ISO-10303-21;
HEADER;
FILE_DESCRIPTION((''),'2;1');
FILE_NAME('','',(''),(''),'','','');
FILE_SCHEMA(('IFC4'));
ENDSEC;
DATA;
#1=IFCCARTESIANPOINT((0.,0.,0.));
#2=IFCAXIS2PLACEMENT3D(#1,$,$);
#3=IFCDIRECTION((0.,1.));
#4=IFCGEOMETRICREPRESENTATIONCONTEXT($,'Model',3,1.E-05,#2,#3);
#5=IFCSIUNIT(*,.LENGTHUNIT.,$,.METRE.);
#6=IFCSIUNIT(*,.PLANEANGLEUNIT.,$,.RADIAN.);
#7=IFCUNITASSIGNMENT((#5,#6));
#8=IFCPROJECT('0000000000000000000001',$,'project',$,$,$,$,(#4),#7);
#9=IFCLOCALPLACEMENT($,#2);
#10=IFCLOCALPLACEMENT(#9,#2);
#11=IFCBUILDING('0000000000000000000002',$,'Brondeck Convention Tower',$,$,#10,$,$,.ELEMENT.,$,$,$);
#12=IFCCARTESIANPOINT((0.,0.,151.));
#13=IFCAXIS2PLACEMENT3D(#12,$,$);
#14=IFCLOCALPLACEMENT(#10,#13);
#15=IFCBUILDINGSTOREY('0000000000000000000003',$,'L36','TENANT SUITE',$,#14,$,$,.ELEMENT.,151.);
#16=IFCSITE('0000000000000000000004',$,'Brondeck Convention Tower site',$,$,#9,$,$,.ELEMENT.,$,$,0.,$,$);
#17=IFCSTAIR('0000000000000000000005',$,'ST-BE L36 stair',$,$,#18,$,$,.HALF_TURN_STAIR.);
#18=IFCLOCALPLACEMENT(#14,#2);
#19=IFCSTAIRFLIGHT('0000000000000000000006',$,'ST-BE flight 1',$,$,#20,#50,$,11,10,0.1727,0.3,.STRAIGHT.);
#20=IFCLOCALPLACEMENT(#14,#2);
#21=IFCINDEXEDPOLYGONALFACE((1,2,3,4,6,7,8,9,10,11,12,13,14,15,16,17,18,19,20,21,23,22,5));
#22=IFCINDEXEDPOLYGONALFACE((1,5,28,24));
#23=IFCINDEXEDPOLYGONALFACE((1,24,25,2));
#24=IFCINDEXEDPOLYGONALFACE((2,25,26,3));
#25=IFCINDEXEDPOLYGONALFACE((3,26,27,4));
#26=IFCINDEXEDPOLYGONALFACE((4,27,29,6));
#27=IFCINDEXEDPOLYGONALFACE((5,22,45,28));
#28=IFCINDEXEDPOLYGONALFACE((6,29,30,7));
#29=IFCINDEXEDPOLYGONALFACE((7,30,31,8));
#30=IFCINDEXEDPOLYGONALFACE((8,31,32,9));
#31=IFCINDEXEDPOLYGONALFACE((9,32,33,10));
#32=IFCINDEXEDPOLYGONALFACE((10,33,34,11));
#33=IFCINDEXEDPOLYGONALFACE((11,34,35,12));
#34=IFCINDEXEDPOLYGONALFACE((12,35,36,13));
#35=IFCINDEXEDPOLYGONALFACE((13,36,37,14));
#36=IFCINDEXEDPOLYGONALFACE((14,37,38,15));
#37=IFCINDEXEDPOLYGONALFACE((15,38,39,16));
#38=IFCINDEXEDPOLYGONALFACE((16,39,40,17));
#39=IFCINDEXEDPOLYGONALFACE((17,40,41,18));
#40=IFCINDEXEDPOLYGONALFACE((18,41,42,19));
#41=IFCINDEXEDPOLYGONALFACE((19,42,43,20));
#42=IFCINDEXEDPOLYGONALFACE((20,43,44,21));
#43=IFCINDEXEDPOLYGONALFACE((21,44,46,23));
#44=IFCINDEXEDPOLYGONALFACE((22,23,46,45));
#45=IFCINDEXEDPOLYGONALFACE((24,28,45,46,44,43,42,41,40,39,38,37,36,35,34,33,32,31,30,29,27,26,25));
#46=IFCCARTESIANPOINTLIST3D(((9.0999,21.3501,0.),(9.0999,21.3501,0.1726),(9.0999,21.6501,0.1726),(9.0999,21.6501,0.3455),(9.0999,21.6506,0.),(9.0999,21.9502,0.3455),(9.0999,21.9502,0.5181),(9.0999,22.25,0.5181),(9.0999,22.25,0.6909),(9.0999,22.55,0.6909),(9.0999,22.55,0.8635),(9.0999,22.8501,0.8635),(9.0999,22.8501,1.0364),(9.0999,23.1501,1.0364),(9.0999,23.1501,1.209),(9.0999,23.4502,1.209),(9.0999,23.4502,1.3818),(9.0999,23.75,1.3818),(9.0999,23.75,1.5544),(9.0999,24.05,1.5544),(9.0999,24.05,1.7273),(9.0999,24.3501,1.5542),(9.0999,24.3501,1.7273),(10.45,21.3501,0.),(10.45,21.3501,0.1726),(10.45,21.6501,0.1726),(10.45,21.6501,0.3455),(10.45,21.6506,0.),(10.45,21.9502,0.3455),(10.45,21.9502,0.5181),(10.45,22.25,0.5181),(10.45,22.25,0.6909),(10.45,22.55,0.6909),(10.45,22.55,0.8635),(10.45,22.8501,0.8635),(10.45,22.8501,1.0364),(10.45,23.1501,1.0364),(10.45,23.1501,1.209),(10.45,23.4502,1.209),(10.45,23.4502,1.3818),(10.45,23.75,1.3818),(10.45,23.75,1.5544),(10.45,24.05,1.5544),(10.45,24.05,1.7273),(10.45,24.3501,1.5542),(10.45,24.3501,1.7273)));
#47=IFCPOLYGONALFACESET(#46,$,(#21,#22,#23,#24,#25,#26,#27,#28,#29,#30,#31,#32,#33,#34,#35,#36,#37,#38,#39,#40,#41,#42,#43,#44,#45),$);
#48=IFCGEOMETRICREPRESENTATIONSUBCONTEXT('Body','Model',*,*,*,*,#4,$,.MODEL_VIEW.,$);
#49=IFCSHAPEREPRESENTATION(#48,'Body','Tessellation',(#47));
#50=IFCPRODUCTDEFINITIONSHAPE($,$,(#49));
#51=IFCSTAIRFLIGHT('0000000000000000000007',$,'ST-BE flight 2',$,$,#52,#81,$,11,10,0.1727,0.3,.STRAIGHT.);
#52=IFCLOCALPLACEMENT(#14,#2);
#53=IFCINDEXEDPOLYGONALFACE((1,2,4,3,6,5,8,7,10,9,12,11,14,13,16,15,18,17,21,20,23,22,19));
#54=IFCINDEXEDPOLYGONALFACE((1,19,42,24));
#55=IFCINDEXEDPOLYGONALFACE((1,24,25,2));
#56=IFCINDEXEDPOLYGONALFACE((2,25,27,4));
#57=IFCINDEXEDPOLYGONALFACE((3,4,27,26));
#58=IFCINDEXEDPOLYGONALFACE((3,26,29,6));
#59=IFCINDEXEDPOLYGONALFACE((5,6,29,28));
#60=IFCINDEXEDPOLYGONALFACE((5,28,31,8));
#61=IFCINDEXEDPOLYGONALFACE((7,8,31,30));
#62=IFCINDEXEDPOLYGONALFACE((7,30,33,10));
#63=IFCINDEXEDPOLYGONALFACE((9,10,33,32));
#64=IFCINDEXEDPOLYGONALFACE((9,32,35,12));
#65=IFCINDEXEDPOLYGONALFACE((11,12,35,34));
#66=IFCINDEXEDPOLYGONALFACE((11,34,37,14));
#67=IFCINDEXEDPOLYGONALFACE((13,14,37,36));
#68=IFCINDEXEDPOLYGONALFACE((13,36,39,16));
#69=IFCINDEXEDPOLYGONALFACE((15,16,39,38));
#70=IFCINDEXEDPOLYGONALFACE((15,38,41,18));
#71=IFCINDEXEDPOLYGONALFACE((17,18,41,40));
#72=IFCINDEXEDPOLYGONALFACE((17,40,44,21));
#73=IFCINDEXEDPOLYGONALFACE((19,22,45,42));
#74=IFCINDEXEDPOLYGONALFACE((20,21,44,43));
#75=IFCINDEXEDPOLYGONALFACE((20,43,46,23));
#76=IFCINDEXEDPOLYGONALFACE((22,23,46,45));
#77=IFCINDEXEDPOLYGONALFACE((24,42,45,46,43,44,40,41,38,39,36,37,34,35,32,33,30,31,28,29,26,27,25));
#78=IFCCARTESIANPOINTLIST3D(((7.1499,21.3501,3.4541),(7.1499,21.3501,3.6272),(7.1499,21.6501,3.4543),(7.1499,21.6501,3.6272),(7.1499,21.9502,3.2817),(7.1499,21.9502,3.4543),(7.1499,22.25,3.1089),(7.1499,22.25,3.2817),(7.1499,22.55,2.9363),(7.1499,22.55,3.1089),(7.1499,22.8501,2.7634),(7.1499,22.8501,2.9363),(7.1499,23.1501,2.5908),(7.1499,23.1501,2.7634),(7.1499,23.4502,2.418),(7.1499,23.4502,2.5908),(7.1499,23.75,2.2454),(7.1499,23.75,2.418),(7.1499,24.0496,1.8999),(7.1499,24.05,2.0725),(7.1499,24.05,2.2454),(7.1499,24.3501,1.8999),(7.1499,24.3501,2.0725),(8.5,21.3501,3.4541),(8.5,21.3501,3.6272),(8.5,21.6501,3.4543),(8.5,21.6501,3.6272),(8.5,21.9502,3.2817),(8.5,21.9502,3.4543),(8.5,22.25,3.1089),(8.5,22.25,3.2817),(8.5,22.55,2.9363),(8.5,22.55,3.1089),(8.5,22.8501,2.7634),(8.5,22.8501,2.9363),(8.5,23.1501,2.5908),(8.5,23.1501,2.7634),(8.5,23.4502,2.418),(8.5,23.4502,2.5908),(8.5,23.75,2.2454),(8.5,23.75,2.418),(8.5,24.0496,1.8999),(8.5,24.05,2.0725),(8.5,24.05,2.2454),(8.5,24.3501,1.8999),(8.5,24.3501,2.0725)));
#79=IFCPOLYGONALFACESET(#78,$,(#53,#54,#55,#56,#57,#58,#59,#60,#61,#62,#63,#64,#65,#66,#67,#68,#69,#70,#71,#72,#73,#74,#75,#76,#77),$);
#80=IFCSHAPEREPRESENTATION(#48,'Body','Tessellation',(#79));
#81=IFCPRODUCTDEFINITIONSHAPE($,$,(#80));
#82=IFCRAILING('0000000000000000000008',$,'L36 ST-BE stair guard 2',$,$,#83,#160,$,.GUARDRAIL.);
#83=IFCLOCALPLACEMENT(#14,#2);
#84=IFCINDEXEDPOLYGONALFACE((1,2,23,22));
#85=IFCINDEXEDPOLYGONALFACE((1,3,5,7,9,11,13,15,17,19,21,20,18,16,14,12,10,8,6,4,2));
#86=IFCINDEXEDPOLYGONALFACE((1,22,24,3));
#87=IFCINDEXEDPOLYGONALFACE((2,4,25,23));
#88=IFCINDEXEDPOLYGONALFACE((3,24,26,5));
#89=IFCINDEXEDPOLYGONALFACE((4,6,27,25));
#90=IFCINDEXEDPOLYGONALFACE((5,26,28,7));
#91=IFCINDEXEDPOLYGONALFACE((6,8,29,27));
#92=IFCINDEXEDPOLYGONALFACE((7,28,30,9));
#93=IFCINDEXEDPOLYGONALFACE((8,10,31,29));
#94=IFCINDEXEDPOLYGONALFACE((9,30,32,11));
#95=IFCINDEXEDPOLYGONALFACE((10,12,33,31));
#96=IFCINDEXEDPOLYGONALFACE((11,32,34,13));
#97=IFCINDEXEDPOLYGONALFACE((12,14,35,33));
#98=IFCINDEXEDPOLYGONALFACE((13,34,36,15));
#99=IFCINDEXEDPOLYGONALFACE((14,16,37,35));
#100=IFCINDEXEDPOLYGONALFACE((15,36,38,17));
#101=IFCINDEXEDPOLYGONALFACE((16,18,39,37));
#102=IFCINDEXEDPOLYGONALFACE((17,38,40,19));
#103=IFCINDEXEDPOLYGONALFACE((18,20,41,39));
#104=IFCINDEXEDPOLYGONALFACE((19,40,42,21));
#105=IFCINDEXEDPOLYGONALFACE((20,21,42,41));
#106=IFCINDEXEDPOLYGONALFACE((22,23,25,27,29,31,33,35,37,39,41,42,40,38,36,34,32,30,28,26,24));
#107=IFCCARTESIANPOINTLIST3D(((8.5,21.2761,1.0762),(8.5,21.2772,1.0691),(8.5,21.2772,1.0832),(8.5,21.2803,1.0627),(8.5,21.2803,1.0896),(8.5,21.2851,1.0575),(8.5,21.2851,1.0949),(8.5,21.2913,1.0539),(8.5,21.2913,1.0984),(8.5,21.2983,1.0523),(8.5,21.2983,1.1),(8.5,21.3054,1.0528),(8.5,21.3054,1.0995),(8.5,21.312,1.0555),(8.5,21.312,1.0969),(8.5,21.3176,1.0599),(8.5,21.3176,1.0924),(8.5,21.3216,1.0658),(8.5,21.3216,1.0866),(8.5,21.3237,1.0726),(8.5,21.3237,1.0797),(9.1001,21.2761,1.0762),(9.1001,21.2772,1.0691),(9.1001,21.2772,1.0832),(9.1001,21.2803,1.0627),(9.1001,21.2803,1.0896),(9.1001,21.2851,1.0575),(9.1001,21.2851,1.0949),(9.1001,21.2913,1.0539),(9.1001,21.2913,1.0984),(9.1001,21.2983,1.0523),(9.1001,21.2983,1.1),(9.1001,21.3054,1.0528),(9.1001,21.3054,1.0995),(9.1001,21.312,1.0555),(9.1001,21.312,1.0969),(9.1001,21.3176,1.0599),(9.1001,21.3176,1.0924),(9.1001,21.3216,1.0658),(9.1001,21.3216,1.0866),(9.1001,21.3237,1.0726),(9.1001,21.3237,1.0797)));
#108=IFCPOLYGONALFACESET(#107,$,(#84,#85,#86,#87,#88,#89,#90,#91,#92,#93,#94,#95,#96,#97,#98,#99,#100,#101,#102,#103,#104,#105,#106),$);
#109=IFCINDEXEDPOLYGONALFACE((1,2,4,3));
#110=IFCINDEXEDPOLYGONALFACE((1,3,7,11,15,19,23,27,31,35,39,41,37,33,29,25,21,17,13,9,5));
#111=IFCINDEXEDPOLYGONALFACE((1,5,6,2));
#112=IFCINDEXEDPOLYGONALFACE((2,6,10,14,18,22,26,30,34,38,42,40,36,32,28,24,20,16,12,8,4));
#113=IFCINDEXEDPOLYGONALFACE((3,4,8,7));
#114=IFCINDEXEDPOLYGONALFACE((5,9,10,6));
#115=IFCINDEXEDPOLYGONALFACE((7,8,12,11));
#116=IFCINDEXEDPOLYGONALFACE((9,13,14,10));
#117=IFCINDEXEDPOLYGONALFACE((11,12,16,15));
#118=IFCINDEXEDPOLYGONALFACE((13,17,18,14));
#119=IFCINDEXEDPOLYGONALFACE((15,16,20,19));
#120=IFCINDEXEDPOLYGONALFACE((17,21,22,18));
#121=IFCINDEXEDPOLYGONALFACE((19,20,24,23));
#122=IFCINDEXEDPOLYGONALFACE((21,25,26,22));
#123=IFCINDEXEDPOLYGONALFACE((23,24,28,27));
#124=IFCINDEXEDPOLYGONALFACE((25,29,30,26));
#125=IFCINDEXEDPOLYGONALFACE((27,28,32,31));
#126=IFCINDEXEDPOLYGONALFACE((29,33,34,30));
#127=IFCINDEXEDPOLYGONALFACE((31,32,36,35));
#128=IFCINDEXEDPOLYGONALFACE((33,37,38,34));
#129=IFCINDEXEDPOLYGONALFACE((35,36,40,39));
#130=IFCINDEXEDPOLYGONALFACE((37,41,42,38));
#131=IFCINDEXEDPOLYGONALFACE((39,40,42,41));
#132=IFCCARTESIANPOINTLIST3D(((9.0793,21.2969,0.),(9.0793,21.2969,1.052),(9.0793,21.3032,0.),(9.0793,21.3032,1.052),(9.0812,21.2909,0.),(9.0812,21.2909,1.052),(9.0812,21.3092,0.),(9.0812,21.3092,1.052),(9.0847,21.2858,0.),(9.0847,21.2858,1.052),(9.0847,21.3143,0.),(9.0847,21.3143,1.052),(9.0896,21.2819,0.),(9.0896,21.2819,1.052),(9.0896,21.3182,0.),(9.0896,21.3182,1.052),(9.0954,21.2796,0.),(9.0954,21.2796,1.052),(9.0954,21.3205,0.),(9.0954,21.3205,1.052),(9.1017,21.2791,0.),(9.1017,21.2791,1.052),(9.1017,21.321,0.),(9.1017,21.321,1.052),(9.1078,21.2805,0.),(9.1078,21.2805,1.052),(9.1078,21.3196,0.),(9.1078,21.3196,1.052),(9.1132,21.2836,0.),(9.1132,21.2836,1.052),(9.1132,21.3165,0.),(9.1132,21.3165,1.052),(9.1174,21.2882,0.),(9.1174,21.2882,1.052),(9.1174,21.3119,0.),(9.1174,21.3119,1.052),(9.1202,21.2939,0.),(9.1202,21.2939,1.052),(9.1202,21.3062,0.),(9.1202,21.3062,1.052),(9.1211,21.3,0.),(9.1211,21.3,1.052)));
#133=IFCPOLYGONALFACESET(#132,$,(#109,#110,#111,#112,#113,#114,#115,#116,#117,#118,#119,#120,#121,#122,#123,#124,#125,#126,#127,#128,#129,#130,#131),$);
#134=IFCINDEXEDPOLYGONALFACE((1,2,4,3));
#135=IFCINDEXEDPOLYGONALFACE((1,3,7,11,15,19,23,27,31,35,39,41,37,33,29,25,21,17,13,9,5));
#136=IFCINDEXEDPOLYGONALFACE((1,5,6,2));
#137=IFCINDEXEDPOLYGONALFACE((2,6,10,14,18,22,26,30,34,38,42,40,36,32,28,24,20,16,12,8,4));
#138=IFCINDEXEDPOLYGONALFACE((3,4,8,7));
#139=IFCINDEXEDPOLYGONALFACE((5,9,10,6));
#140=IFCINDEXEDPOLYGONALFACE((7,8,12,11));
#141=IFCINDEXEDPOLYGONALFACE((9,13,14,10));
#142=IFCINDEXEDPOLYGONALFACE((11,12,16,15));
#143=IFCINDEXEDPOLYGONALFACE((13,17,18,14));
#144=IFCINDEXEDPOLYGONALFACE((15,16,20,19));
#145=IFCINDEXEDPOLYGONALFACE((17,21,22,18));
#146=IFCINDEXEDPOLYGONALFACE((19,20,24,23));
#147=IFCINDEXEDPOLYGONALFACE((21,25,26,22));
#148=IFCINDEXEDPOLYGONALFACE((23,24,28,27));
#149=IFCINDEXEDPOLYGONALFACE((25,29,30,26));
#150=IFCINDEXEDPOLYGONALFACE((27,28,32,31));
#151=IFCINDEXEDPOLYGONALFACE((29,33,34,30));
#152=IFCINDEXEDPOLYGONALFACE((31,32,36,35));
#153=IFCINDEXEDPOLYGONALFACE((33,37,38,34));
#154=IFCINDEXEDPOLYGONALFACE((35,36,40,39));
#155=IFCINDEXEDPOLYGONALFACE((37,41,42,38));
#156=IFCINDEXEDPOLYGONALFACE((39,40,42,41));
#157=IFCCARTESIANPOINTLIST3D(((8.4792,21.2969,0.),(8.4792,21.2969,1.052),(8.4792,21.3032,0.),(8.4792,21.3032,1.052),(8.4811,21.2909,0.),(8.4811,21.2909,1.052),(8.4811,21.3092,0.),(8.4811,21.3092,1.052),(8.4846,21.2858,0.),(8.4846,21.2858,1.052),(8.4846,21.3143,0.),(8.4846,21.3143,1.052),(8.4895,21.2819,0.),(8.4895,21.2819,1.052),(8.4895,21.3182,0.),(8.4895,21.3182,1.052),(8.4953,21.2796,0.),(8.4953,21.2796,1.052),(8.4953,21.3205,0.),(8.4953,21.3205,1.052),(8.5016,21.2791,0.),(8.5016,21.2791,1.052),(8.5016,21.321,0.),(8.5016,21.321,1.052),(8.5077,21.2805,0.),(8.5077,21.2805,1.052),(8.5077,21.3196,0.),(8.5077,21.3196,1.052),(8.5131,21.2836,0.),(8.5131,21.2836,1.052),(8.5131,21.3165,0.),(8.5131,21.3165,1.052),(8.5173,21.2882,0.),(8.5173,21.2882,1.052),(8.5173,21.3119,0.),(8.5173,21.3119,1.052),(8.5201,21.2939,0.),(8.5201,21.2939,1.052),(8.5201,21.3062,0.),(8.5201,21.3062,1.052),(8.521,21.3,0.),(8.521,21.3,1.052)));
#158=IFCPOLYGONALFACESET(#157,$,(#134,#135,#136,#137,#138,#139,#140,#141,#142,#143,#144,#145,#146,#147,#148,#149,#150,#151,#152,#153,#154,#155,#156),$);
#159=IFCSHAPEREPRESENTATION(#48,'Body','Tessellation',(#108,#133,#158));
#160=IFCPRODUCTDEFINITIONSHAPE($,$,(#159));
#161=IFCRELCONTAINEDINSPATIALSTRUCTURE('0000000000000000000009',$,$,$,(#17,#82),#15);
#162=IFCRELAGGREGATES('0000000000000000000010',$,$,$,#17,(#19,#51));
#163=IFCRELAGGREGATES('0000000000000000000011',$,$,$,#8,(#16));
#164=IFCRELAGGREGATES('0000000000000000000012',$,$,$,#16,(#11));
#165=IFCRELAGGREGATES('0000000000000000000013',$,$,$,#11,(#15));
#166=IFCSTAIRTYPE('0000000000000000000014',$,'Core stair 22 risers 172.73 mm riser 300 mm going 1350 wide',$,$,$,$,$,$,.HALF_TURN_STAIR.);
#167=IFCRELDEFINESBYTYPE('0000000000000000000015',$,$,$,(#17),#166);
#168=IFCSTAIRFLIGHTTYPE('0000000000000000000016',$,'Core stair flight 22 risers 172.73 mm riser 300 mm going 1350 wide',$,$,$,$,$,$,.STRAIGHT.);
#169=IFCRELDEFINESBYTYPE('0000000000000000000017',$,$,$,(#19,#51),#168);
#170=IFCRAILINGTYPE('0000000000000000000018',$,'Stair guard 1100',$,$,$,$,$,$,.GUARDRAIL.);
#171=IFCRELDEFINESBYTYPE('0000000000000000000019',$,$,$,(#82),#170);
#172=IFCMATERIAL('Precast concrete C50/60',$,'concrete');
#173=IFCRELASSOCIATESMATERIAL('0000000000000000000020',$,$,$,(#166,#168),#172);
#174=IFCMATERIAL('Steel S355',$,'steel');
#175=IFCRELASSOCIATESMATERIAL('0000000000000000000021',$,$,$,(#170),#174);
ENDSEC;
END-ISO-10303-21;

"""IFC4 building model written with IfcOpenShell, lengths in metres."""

from ifc_helpers import new_model, si_unit, direction, frame, origin, origin_2d, place, context, subcontext, project, spatial, polyline, circle, outline, extrude, material, type_object, element, aggregate, save


model = new_model("IFC4")

# Units and contexts
model_context = context("Model", 3, precision=1e-05, world=origin(), true_north=direction((0.0, 1.0)))
body_context = subcontext(model_context, "Body", "Model", "MODEL_VIEW")
ifc_project = project(units=[si_unit("LENGTHUNIT", "METRE"), si_unit("PLANEANGLEUNIT", "RADIAN")], contexts=[model_context])

# Site, building, storey
site_placement = place(None, origin())
site = spatial("IfcSite", under=ifc_project, at=site_placement, Name="Brondeck Convention Tower site", CompositionType="ELEMENT", RefElevation=0.0)
building_placement = place(site_placement, origin())
building = spatial("IfcBuilding", under=site, at=building_placement, Name="Brondeck Convention Tower", CompositionType="ELEMENT")
storey_placement = place(building_placement, frame((0.0, 0.0, 151.0)))
storey = spatial("IfcBuildingStorey", under=building, at=storey_placement, Name="L36", Description="TENANT SUITE", CompositionType="ELEMENT", Elevation=151.0)

# Shared definitions
ifc_material_1 = material(Name="Steel S355", Category="steel")

# Stair, stair flights
ifc_material_2 = material(Name="Precast concrete C50/60", Category="concrete")
stair_type = type_object("IfcStairType", Name="Core stair 22 risers 172.73 mm riser 300 mm going 1350 wide", PredefinedType="HALF_TURN_STAIR", material=ifc_material_2)
stair_placement = place(storey_placement, origin())
stair = element("IfcStair", 1, at=stair_placement, inside=storey, type_object=stair_type, Name="ST-BE L36 stair", PredefinedType="HALF_TURN_STAIR")
stair_flight_type = type_object("IfcStairFlightType", Name="Core stair flight 22 risers 172.73 mm riser 300 mm going 1350 wide", PredefinedType="STRAIGHT", material=ifc_material_2)
stair_flight_1_placement = place(storey_placement, frame((9.7749, 21.3501, 0.0), z_axis=(0.0, 0.0, 1.0), x_axis=(0.0, 1.0, 0.0)))
stair_flight_1 = element("IfcStairFlight", 2, at=stair_flight_1_placement, type_object=stair_flight_type, Name="ST-BE flight 1", NumberOfRisers=11, NumberOfTreads=10, PredefinedType="STRAIGHT", RiserHeight=0.1727, TreadLength=0.3, context=body_context, shape_type="SweptSolid", body=[
    extrude(outline(polyline([(0.0, 0.0), (0.0, 0.1726), (0.3, 0.1726), (0.3, 0.3455), (0.6001, 0.3455), (0.6001, 0.5181), (0.8999, 0.5181), (0.8999, 0.6909), (1.2, 0.6909), (1.2, 0.8635), (1.5, 0.8635), (1.5, 1.0364), (1.8, 1.0364), (1.8, 1.209), (2.1001, 1.209), (2.1001, 1.3818), (2.3999, 1.3818), (2.3999, 1.5544), (2.7, 1.5544), (2.7, 1.7273), (3.0, 1.7273), (3.0, 1.8999), (3.0, 1.5542), (0.3005, 0.0), (0.0, 0.0)])), frame((0.0, 0.675, 0.0), z_axis=(0.0, -1.0, 0.0), x_axis=(1.0, 0.0, 0.0)), (0.0, 0.0, 1.0), 1.3501),
])
stair_flight_2_placement = place(storey_placement, frame((7.825, 24.3501, 1.8999), z_axis=(0.0, 0.0, 1.0), x_axis=(0.0, -1.0, 0.0)))
stair_flight_2 = element("IfcStairFlight", 3, at=stair_flight_2_placement, type_object=stair_flight_type, Name="ST-BE flight 2", NumberOfRisers=11, NumberOfTreads=10, PredefinedType="STRAIGHT", RiserHeight=0.1727, TreadLength=0.3, context=body_context, shape_type="SweptSolid", body=[
    extrude(outline(polyline([(0.0, 0.0), (0.0, 0.1726), (0.3, 0.1726), (0.3, 0.3455), (0.6001, 0.3455), (0.6001, 0.5181), (0.8999, 0.5181), (0.8999, 0.6909), (1.2, 0.6909), (1.2, 0.8635), (1.5, 0.8635), (1.5, 1.0364), (1.8, 1.0364), (1.8, 1.209), (2.1001, 1.209), (2.1001, 1.3818), (2.3999, 1.3818), (2.3999, 1.5544), (2.7, 1.5544), (2.7, 1.7273), (3.0, 1.7273), (3.0, 1.8999), (3.0, 1.5542), (0.3005, 0.0), (0.0, 0.0)])), frame((0.0, 0.675, 0.0), z_axis=(0.0, -1.0, 0.0), x_axis=(1.0, 0.0, 0.0)), (0.0, 0.0, 1.0), 1.3501),
])
aggregate(stair, [stair_flight_1, stair_flight_2])

# Railing
railing_type_1 = type_object("IfcRailingType", Name="Stair guard 1100", PredefinedType="GUARDRAIL", material=ifc_material_1)
railing_1_placement = place(storey_placement, frame((9.1001, 21.3, 0.0)))
element("IfcRailing", 4, at=railing_1_placement, inside=storey, type_object=railing_type_1, Name="L36 ST-BE stair guard 2", PredefinedType="GUARDRAIL", context=body_context, shape_type="SweptSolid", body=[
    extrude(circle(Radius=0.0239, at=origin_2d()), frame((0.0, 0.0, 1.0762), z_axis=(-1.0, 0.0, 0.0), x_axis=(0.0, -1.0, 0.0)), (0.0, 0.0, 1.0), 0.6001),
    extrude(circle(Radius=0.021, at=origin_2d()), origin(), (0.0, 0.0, 1.0), 1.052),
    extrude(circle(Radius=0.021, at=origin_2d()), frame((-0.6001, 0.0, 0.0)), (0.0, 0.0, 1.0), 1.052),
])

save(model, "model.ifc")
